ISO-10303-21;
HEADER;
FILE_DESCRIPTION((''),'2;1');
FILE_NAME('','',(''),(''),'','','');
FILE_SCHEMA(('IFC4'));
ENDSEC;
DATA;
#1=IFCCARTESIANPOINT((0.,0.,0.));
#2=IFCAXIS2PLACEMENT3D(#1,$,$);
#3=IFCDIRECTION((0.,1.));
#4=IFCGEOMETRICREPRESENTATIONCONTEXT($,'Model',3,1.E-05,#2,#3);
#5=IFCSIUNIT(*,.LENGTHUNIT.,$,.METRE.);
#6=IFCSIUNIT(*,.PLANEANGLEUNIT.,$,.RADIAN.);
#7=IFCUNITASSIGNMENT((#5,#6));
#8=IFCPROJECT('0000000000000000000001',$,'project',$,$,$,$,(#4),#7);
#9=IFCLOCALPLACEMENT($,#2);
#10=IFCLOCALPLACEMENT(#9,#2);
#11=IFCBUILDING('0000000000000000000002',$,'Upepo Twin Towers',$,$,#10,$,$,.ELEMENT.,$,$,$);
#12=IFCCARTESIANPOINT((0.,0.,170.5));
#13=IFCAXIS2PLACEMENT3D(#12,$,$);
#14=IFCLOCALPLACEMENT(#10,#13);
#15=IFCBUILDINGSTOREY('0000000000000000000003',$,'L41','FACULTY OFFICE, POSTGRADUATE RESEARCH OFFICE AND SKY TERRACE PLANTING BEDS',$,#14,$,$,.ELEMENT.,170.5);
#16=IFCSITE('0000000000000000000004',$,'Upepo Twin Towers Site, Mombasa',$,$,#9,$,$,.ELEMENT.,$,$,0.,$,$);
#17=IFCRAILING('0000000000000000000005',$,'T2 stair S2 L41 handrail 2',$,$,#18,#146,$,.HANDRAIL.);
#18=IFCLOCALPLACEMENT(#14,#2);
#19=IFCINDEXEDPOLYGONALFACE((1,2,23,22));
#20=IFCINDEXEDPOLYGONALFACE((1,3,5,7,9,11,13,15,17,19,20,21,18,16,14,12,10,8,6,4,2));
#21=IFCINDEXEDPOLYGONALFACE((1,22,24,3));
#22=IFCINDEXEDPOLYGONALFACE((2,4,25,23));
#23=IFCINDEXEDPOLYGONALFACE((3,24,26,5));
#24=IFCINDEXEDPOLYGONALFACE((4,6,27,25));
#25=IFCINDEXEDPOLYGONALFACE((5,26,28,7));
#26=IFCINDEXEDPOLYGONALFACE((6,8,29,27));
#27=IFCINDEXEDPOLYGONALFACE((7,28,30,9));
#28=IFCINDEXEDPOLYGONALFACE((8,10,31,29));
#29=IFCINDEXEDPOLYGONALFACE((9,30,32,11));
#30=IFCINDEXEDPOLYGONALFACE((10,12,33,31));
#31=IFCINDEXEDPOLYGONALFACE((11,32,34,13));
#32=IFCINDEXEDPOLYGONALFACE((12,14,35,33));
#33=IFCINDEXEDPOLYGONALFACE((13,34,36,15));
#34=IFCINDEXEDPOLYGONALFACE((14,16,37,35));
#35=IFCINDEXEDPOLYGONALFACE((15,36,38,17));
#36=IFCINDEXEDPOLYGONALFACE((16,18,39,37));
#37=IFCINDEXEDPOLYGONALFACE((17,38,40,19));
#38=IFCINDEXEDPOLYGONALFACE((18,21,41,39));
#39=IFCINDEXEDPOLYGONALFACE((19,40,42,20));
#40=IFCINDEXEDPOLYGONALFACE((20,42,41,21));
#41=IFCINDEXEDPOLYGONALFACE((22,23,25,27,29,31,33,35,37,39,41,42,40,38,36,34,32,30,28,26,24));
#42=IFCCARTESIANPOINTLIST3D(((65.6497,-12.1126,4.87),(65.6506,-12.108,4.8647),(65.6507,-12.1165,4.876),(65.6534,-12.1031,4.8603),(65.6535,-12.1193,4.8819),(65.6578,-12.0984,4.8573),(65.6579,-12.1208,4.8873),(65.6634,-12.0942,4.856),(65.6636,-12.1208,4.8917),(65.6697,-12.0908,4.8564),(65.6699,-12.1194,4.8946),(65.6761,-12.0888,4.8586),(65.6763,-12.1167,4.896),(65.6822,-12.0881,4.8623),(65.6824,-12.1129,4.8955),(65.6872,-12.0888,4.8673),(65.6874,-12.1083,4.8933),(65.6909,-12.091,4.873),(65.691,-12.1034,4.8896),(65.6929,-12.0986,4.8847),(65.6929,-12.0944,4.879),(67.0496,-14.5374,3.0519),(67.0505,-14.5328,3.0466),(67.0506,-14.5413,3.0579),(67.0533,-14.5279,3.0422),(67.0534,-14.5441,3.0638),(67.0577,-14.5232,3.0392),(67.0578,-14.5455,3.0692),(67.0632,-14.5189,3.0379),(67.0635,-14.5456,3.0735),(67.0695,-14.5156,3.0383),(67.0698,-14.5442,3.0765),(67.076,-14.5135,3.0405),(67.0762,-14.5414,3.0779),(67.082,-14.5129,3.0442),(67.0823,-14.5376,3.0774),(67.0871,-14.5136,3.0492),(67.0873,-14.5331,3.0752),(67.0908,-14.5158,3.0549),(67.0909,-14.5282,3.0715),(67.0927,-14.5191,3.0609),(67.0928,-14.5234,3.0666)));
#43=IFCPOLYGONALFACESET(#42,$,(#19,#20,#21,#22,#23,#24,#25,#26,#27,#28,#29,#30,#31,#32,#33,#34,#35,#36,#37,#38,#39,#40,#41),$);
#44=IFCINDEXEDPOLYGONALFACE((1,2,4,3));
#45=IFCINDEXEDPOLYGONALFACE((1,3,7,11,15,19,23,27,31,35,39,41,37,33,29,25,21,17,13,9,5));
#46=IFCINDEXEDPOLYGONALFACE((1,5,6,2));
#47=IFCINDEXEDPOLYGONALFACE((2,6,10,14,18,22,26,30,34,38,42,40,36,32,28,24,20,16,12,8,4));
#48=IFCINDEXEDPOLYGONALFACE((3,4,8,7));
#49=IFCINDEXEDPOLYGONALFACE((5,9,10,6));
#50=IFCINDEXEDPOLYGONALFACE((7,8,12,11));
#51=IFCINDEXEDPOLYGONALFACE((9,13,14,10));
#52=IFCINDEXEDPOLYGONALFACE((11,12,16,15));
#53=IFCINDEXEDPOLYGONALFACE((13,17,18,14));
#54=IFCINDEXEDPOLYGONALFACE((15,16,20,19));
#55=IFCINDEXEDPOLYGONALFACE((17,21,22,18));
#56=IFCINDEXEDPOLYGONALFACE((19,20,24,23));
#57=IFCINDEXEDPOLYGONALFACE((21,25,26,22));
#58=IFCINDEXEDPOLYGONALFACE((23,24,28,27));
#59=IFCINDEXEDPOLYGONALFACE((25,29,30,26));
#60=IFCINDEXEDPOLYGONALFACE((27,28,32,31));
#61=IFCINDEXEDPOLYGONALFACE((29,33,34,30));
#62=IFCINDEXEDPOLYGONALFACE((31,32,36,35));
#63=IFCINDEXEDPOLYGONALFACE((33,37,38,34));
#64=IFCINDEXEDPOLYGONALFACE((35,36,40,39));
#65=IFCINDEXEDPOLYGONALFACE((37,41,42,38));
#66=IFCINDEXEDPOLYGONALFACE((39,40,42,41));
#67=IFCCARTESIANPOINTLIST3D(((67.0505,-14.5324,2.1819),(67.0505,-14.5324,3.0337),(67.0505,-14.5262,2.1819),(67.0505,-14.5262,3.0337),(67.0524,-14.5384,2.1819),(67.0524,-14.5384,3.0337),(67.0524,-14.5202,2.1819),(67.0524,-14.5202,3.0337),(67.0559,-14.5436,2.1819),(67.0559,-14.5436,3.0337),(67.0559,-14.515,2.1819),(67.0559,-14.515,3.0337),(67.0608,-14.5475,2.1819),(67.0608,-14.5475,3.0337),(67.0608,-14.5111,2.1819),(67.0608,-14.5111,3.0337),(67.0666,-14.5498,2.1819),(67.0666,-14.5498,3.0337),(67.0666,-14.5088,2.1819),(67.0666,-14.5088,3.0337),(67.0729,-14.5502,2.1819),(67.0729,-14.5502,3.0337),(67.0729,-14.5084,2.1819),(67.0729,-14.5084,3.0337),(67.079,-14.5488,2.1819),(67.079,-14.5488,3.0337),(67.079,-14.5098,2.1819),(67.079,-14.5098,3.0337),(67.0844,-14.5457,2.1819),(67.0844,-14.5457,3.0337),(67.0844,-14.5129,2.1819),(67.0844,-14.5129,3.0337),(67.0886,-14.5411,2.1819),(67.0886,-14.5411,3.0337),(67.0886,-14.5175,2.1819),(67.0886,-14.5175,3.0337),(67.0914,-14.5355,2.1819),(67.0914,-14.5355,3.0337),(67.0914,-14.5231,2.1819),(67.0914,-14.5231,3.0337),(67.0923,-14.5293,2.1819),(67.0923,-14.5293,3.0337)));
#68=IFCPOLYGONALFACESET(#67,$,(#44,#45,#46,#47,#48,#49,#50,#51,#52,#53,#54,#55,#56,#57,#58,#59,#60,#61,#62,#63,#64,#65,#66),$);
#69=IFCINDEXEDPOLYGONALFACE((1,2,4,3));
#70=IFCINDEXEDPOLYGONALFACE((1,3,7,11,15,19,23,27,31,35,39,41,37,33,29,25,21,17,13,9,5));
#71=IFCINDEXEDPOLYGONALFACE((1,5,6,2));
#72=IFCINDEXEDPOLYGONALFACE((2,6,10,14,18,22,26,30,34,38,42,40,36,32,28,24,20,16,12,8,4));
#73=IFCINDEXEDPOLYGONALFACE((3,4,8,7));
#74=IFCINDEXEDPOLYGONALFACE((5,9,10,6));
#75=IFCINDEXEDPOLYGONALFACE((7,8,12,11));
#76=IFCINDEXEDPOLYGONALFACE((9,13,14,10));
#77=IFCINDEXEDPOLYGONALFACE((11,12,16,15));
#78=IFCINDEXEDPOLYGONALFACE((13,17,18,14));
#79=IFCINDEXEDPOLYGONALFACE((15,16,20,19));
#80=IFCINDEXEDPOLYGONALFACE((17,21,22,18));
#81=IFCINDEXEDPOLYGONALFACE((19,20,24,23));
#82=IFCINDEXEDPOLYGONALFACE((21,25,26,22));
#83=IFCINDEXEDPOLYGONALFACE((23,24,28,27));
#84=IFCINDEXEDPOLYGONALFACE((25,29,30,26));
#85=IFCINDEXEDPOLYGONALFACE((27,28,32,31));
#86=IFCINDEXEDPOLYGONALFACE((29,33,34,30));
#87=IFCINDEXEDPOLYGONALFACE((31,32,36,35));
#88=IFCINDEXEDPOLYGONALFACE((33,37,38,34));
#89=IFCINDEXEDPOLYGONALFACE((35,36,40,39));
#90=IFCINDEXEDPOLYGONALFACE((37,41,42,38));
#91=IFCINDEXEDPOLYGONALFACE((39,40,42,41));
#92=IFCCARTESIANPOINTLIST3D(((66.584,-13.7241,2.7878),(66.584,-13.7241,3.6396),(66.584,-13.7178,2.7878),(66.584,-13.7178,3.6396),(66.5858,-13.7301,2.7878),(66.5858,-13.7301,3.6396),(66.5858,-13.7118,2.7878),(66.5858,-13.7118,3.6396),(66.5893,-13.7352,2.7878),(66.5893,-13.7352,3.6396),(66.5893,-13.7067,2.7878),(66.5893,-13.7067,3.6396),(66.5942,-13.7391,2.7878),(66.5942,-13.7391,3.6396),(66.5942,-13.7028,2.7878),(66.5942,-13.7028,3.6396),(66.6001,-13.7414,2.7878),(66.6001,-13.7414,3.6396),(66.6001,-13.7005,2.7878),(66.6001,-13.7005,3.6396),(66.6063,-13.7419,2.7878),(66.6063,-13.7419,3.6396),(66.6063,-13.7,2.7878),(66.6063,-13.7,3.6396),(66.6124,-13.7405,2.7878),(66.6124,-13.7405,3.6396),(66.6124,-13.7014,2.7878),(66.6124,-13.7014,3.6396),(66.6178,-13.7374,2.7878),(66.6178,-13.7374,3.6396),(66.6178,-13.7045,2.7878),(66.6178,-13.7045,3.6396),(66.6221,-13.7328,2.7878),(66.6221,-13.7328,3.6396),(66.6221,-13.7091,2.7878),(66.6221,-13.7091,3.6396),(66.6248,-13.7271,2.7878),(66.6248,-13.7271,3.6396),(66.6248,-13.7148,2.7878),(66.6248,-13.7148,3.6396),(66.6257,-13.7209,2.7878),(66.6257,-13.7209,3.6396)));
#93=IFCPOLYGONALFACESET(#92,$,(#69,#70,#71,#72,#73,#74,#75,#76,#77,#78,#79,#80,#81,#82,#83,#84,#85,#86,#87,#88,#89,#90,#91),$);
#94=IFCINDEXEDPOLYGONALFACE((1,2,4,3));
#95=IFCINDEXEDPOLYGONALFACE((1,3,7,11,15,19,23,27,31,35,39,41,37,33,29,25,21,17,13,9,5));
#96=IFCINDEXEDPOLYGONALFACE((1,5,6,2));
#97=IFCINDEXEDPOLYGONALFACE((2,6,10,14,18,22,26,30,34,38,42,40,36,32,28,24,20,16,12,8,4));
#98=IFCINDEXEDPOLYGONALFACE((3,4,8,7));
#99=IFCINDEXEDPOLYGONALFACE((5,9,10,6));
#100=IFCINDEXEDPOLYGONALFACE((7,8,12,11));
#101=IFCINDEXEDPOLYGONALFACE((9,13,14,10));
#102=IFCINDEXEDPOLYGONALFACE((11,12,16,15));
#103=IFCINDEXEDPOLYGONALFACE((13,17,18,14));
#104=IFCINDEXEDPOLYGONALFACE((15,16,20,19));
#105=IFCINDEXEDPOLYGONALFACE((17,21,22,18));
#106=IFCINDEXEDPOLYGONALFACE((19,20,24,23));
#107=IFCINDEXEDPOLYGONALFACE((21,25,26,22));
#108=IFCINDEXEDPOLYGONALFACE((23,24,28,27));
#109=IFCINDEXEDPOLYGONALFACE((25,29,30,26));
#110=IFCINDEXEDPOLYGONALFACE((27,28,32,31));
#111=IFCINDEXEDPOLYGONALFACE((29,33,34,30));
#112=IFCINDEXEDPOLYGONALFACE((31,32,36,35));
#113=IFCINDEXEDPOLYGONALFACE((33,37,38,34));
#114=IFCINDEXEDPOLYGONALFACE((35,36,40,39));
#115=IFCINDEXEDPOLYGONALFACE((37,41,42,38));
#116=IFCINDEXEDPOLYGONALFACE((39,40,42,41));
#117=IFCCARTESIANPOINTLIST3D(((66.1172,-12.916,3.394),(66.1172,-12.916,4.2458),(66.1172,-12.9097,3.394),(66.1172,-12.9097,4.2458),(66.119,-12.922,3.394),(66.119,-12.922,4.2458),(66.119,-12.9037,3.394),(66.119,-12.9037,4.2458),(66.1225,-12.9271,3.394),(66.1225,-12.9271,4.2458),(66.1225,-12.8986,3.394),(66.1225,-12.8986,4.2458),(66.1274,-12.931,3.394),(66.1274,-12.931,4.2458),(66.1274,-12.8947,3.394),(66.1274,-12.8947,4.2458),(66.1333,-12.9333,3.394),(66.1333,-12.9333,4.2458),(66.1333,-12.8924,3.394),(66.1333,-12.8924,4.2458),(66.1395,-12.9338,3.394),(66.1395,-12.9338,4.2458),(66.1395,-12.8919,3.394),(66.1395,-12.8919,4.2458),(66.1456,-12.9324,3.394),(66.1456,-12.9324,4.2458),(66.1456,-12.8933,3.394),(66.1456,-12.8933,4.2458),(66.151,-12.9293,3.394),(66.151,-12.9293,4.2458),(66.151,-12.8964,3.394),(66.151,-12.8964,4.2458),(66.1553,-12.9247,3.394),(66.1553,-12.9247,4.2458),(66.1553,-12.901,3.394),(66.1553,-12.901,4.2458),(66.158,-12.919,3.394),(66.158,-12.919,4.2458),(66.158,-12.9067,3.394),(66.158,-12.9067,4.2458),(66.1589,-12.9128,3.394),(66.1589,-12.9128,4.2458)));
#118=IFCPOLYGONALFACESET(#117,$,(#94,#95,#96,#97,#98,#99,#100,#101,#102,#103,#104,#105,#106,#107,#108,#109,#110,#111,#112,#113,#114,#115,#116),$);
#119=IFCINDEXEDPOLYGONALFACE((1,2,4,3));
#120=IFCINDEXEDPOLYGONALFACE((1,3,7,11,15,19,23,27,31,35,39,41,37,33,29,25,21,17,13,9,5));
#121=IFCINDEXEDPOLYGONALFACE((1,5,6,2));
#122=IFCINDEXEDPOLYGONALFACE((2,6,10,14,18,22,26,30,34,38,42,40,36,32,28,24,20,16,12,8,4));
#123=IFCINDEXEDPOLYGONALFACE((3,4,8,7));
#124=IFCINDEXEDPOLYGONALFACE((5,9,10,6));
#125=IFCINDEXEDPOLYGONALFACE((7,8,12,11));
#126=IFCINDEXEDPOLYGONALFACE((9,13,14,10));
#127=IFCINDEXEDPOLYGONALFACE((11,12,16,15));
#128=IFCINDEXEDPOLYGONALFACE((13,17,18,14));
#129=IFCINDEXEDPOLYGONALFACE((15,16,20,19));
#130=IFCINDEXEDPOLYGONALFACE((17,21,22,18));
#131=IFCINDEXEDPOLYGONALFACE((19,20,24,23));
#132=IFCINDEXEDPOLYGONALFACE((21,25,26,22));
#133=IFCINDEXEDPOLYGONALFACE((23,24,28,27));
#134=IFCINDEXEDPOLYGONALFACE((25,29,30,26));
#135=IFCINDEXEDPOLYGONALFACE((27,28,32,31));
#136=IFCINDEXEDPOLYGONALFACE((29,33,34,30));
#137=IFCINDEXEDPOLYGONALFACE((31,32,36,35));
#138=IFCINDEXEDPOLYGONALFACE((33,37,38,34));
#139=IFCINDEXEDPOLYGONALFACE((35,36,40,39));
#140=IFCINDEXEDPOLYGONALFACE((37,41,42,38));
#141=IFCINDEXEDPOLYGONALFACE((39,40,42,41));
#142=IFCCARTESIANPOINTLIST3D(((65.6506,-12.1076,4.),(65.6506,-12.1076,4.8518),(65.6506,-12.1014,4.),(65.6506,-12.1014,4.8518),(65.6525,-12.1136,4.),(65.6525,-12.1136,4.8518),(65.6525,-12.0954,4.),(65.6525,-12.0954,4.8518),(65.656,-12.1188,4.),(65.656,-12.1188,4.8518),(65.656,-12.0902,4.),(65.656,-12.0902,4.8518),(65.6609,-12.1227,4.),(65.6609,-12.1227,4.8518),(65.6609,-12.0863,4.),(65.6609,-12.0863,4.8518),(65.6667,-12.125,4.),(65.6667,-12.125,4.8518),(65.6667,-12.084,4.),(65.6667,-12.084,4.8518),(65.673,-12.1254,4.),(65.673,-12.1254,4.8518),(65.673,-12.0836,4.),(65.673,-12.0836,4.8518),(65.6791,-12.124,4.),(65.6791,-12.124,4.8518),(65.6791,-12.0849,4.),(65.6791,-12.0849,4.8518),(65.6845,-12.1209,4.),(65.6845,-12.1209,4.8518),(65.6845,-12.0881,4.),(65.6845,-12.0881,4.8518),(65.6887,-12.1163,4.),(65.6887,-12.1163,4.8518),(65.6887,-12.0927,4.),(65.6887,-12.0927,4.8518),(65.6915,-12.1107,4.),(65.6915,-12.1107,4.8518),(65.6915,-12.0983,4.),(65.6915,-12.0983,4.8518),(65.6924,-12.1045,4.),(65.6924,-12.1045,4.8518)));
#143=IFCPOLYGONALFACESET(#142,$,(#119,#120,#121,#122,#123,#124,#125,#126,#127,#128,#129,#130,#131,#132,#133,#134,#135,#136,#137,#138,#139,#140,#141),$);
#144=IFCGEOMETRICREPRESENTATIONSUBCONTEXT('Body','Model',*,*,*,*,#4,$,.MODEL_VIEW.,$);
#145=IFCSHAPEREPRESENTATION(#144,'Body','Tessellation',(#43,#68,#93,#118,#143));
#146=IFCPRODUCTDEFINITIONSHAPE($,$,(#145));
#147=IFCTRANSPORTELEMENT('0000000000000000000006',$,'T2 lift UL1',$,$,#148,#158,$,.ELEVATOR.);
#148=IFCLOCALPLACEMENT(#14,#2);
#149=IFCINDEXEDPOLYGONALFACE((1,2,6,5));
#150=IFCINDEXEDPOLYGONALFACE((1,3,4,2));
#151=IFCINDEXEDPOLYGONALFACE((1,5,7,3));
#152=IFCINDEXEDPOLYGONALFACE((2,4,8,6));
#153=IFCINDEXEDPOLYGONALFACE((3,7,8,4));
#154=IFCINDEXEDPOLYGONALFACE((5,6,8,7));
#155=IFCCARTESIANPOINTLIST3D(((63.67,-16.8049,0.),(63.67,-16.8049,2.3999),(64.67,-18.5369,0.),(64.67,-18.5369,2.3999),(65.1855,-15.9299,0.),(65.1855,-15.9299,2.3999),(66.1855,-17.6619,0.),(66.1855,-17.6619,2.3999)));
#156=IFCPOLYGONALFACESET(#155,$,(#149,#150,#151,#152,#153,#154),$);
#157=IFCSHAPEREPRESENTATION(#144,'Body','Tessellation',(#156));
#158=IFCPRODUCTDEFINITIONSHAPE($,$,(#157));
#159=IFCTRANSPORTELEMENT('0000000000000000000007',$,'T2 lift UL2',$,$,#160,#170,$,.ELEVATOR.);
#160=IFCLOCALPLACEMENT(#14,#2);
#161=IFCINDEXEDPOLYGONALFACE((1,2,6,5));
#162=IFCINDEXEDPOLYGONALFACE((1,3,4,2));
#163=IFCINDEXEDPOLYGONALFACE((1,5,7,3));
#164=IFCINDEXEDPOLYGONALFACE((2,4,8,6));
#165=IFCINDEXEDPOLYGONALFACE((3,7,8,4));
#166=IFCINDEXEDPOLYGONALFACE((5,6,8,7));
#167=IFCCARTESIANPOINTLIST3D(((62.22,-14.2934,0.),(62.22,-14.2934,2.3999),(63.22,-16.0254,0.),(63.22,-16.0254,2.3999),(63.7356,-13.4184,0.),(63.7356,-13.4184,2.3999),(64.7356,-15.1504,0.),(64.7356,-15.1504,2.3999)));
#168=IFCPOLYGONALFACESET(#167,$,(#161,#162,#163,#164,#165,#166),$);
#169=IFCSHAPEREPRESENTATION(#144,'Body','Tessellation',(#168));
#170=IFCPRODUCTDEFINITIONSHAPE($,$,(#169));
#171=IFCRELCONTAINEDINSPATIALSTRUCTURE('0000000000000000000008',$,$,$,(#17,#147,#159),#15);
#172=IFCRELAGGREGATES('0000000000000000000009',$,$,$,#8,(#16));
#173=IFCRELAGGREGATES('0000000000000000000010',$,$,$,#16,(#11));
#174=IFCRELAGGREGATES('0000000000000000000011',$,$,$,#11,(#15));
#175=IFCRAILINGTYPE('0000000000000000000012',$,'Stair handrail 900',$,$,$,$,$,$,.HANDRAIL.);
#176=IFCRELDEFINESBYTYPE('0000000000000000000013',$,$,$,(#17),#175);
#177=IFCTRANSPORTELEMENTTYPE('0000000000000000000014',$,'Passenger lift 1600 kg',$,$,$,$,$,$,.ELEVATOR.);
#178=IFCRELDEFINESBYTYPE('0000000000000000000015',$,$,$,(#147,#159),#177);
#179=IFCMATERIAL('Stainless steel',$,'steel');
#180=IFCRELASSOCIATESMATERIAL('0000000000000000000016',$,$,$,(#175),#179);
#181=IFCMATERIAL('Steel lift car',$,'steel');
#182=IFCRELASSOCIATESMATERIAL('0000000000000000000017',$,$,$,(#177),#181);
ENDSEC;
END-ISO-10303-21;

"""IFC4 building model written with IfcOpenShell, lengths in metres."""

from ifc_helpers import new_model, si_unit, direction, frame, origin, origin_2d, place, context, subcontext, project, spatial, rectangle, circle, extrude, material, type_object, element, save


model = new_model("IFC4")

# Units and contexts
model_context = context("Model", 3, precision=1e-05, world=origin(), true_north=direction((0.0, 1.0)))
body_context = subcontext(model_context, "Body", "Model", "MODEL_VIEW")
ifc_project = project(units=[si_unit("LENGTHUNIT", "METRE"), si_unit("PLANEANGLEUNIT", "RADIAN")], contexts=[model_context])

# Site, building, storey
site_placement = place(None, origin())
site = spatial("IfcSite", under=ifc_project, at=site_placement, Name="Upepo Twin Towers Site, Mombasa", CompositionType="ELEMENT", RefElevation=0.0)
building_placement = place(site_placement, origin())
building = spatial("IfcBuilding", under=site, at=building_placement, Name="Upepo Twin Towers", CompositionType="ELEMENT")
storey_placement = place(building_placement, frame((0.0, 0.0, 170.5)))
storey = spatial("IfcBuildingStorey", under=building, at=storey_placement, Name="L41", Description="FACULTY OFFICE, POSTGRADUATE RESEARCH OFFICE AND SKY TERRACE PLANTING BEDS", CompositionType="ELEMENT", Elevation=170.5)

# Railing
ifc_material_1 = material(Name="Stainless steel", Category="steel")
railing_type = type_object("IfcRailingType", Name="Stair handrail 900", PredefinedType="HANDRAIL", material=ifc_material_1)
railing_1_placement = place(storey_placement, frame((67.0713, -14.5293, 2.1819)))
element("IfcRailing", 1, at=railing_1_placement, inside=storey, type_object=railing_type, Name="T2 stair S2 L41 handrail 2", PredefinedType="HANDRAIL", context=body_context, shape_type="SweptSolid", body=[
    extrude(circle(Radius=0.0239, at=origin_2d()), frame((0.0, 0.0, 0.876), z_axis=(-0.419333, 0.726336, 0.544606), x_axis=(-0.866035, -0.499984, 0.0)), (0.0, 0.0, 1.0), 3.3384),
    extrude(circle(Radius=0.021, at=origin_2d()), origin(), (0.0, 0.0, 1.0), 0.8518),
    extrude(circle(Radius=0.021, at=origin_2d()), frame((-0.4666, 0.8083, 0.606)), (0.0, 0.0, 1.0), 0.8518),
    extrude(circle(Radius=0.021, at=origin_2d()), frame((-0.9333, 1.6165, 1.2122)), (0.0, 0.0, 1.0), 0.8518),
    extrude(circle(Radius=0.021, at=origin_2d()), frame((-1.3999, 2.4248, 1.8181)), (0.0, 0.0, 1.0), 0.8518),
])

# Transport elements
ifc_material_2 = material(Name="Steel lift car", Category="steel")
transport_element_type = type_object("IfcTransportElementType", Name="Passenger lift 1600 kg", PredefinedType="ELEVATOR", material=ifc_material_2)
for number, where, z_axis, x_axis, name in (
    (2, (64.9277, -17.2334, 0.0), (0.0, 0.0, 1.0), (-0.5, 0.866025, 0.0), "T2 lift UL1"),
    (3, (63.4778, -14.7219, 0.0), (0.0, 0.0, 1.0), (-0.5, 0.866025, 0.0), "T2 lift UL2"),
):
    element("IfcTransportElement", number, at=place(storey_placement, frame(where, z_axis=z_axis, x_axis=x_axis)), inside=storey, type_object=transport_element_type, Name=name, PredefinedType="ELEVATOR", context=body_context, shape_type="SweptSolid", body=[
        extrude(rectangle(XDim=2.0, YDim=1.75, at=origin_2d()), origin(), (0.0, 0.0, 1.0), 2.3999),
    ])

save(model, "model.ifc")
